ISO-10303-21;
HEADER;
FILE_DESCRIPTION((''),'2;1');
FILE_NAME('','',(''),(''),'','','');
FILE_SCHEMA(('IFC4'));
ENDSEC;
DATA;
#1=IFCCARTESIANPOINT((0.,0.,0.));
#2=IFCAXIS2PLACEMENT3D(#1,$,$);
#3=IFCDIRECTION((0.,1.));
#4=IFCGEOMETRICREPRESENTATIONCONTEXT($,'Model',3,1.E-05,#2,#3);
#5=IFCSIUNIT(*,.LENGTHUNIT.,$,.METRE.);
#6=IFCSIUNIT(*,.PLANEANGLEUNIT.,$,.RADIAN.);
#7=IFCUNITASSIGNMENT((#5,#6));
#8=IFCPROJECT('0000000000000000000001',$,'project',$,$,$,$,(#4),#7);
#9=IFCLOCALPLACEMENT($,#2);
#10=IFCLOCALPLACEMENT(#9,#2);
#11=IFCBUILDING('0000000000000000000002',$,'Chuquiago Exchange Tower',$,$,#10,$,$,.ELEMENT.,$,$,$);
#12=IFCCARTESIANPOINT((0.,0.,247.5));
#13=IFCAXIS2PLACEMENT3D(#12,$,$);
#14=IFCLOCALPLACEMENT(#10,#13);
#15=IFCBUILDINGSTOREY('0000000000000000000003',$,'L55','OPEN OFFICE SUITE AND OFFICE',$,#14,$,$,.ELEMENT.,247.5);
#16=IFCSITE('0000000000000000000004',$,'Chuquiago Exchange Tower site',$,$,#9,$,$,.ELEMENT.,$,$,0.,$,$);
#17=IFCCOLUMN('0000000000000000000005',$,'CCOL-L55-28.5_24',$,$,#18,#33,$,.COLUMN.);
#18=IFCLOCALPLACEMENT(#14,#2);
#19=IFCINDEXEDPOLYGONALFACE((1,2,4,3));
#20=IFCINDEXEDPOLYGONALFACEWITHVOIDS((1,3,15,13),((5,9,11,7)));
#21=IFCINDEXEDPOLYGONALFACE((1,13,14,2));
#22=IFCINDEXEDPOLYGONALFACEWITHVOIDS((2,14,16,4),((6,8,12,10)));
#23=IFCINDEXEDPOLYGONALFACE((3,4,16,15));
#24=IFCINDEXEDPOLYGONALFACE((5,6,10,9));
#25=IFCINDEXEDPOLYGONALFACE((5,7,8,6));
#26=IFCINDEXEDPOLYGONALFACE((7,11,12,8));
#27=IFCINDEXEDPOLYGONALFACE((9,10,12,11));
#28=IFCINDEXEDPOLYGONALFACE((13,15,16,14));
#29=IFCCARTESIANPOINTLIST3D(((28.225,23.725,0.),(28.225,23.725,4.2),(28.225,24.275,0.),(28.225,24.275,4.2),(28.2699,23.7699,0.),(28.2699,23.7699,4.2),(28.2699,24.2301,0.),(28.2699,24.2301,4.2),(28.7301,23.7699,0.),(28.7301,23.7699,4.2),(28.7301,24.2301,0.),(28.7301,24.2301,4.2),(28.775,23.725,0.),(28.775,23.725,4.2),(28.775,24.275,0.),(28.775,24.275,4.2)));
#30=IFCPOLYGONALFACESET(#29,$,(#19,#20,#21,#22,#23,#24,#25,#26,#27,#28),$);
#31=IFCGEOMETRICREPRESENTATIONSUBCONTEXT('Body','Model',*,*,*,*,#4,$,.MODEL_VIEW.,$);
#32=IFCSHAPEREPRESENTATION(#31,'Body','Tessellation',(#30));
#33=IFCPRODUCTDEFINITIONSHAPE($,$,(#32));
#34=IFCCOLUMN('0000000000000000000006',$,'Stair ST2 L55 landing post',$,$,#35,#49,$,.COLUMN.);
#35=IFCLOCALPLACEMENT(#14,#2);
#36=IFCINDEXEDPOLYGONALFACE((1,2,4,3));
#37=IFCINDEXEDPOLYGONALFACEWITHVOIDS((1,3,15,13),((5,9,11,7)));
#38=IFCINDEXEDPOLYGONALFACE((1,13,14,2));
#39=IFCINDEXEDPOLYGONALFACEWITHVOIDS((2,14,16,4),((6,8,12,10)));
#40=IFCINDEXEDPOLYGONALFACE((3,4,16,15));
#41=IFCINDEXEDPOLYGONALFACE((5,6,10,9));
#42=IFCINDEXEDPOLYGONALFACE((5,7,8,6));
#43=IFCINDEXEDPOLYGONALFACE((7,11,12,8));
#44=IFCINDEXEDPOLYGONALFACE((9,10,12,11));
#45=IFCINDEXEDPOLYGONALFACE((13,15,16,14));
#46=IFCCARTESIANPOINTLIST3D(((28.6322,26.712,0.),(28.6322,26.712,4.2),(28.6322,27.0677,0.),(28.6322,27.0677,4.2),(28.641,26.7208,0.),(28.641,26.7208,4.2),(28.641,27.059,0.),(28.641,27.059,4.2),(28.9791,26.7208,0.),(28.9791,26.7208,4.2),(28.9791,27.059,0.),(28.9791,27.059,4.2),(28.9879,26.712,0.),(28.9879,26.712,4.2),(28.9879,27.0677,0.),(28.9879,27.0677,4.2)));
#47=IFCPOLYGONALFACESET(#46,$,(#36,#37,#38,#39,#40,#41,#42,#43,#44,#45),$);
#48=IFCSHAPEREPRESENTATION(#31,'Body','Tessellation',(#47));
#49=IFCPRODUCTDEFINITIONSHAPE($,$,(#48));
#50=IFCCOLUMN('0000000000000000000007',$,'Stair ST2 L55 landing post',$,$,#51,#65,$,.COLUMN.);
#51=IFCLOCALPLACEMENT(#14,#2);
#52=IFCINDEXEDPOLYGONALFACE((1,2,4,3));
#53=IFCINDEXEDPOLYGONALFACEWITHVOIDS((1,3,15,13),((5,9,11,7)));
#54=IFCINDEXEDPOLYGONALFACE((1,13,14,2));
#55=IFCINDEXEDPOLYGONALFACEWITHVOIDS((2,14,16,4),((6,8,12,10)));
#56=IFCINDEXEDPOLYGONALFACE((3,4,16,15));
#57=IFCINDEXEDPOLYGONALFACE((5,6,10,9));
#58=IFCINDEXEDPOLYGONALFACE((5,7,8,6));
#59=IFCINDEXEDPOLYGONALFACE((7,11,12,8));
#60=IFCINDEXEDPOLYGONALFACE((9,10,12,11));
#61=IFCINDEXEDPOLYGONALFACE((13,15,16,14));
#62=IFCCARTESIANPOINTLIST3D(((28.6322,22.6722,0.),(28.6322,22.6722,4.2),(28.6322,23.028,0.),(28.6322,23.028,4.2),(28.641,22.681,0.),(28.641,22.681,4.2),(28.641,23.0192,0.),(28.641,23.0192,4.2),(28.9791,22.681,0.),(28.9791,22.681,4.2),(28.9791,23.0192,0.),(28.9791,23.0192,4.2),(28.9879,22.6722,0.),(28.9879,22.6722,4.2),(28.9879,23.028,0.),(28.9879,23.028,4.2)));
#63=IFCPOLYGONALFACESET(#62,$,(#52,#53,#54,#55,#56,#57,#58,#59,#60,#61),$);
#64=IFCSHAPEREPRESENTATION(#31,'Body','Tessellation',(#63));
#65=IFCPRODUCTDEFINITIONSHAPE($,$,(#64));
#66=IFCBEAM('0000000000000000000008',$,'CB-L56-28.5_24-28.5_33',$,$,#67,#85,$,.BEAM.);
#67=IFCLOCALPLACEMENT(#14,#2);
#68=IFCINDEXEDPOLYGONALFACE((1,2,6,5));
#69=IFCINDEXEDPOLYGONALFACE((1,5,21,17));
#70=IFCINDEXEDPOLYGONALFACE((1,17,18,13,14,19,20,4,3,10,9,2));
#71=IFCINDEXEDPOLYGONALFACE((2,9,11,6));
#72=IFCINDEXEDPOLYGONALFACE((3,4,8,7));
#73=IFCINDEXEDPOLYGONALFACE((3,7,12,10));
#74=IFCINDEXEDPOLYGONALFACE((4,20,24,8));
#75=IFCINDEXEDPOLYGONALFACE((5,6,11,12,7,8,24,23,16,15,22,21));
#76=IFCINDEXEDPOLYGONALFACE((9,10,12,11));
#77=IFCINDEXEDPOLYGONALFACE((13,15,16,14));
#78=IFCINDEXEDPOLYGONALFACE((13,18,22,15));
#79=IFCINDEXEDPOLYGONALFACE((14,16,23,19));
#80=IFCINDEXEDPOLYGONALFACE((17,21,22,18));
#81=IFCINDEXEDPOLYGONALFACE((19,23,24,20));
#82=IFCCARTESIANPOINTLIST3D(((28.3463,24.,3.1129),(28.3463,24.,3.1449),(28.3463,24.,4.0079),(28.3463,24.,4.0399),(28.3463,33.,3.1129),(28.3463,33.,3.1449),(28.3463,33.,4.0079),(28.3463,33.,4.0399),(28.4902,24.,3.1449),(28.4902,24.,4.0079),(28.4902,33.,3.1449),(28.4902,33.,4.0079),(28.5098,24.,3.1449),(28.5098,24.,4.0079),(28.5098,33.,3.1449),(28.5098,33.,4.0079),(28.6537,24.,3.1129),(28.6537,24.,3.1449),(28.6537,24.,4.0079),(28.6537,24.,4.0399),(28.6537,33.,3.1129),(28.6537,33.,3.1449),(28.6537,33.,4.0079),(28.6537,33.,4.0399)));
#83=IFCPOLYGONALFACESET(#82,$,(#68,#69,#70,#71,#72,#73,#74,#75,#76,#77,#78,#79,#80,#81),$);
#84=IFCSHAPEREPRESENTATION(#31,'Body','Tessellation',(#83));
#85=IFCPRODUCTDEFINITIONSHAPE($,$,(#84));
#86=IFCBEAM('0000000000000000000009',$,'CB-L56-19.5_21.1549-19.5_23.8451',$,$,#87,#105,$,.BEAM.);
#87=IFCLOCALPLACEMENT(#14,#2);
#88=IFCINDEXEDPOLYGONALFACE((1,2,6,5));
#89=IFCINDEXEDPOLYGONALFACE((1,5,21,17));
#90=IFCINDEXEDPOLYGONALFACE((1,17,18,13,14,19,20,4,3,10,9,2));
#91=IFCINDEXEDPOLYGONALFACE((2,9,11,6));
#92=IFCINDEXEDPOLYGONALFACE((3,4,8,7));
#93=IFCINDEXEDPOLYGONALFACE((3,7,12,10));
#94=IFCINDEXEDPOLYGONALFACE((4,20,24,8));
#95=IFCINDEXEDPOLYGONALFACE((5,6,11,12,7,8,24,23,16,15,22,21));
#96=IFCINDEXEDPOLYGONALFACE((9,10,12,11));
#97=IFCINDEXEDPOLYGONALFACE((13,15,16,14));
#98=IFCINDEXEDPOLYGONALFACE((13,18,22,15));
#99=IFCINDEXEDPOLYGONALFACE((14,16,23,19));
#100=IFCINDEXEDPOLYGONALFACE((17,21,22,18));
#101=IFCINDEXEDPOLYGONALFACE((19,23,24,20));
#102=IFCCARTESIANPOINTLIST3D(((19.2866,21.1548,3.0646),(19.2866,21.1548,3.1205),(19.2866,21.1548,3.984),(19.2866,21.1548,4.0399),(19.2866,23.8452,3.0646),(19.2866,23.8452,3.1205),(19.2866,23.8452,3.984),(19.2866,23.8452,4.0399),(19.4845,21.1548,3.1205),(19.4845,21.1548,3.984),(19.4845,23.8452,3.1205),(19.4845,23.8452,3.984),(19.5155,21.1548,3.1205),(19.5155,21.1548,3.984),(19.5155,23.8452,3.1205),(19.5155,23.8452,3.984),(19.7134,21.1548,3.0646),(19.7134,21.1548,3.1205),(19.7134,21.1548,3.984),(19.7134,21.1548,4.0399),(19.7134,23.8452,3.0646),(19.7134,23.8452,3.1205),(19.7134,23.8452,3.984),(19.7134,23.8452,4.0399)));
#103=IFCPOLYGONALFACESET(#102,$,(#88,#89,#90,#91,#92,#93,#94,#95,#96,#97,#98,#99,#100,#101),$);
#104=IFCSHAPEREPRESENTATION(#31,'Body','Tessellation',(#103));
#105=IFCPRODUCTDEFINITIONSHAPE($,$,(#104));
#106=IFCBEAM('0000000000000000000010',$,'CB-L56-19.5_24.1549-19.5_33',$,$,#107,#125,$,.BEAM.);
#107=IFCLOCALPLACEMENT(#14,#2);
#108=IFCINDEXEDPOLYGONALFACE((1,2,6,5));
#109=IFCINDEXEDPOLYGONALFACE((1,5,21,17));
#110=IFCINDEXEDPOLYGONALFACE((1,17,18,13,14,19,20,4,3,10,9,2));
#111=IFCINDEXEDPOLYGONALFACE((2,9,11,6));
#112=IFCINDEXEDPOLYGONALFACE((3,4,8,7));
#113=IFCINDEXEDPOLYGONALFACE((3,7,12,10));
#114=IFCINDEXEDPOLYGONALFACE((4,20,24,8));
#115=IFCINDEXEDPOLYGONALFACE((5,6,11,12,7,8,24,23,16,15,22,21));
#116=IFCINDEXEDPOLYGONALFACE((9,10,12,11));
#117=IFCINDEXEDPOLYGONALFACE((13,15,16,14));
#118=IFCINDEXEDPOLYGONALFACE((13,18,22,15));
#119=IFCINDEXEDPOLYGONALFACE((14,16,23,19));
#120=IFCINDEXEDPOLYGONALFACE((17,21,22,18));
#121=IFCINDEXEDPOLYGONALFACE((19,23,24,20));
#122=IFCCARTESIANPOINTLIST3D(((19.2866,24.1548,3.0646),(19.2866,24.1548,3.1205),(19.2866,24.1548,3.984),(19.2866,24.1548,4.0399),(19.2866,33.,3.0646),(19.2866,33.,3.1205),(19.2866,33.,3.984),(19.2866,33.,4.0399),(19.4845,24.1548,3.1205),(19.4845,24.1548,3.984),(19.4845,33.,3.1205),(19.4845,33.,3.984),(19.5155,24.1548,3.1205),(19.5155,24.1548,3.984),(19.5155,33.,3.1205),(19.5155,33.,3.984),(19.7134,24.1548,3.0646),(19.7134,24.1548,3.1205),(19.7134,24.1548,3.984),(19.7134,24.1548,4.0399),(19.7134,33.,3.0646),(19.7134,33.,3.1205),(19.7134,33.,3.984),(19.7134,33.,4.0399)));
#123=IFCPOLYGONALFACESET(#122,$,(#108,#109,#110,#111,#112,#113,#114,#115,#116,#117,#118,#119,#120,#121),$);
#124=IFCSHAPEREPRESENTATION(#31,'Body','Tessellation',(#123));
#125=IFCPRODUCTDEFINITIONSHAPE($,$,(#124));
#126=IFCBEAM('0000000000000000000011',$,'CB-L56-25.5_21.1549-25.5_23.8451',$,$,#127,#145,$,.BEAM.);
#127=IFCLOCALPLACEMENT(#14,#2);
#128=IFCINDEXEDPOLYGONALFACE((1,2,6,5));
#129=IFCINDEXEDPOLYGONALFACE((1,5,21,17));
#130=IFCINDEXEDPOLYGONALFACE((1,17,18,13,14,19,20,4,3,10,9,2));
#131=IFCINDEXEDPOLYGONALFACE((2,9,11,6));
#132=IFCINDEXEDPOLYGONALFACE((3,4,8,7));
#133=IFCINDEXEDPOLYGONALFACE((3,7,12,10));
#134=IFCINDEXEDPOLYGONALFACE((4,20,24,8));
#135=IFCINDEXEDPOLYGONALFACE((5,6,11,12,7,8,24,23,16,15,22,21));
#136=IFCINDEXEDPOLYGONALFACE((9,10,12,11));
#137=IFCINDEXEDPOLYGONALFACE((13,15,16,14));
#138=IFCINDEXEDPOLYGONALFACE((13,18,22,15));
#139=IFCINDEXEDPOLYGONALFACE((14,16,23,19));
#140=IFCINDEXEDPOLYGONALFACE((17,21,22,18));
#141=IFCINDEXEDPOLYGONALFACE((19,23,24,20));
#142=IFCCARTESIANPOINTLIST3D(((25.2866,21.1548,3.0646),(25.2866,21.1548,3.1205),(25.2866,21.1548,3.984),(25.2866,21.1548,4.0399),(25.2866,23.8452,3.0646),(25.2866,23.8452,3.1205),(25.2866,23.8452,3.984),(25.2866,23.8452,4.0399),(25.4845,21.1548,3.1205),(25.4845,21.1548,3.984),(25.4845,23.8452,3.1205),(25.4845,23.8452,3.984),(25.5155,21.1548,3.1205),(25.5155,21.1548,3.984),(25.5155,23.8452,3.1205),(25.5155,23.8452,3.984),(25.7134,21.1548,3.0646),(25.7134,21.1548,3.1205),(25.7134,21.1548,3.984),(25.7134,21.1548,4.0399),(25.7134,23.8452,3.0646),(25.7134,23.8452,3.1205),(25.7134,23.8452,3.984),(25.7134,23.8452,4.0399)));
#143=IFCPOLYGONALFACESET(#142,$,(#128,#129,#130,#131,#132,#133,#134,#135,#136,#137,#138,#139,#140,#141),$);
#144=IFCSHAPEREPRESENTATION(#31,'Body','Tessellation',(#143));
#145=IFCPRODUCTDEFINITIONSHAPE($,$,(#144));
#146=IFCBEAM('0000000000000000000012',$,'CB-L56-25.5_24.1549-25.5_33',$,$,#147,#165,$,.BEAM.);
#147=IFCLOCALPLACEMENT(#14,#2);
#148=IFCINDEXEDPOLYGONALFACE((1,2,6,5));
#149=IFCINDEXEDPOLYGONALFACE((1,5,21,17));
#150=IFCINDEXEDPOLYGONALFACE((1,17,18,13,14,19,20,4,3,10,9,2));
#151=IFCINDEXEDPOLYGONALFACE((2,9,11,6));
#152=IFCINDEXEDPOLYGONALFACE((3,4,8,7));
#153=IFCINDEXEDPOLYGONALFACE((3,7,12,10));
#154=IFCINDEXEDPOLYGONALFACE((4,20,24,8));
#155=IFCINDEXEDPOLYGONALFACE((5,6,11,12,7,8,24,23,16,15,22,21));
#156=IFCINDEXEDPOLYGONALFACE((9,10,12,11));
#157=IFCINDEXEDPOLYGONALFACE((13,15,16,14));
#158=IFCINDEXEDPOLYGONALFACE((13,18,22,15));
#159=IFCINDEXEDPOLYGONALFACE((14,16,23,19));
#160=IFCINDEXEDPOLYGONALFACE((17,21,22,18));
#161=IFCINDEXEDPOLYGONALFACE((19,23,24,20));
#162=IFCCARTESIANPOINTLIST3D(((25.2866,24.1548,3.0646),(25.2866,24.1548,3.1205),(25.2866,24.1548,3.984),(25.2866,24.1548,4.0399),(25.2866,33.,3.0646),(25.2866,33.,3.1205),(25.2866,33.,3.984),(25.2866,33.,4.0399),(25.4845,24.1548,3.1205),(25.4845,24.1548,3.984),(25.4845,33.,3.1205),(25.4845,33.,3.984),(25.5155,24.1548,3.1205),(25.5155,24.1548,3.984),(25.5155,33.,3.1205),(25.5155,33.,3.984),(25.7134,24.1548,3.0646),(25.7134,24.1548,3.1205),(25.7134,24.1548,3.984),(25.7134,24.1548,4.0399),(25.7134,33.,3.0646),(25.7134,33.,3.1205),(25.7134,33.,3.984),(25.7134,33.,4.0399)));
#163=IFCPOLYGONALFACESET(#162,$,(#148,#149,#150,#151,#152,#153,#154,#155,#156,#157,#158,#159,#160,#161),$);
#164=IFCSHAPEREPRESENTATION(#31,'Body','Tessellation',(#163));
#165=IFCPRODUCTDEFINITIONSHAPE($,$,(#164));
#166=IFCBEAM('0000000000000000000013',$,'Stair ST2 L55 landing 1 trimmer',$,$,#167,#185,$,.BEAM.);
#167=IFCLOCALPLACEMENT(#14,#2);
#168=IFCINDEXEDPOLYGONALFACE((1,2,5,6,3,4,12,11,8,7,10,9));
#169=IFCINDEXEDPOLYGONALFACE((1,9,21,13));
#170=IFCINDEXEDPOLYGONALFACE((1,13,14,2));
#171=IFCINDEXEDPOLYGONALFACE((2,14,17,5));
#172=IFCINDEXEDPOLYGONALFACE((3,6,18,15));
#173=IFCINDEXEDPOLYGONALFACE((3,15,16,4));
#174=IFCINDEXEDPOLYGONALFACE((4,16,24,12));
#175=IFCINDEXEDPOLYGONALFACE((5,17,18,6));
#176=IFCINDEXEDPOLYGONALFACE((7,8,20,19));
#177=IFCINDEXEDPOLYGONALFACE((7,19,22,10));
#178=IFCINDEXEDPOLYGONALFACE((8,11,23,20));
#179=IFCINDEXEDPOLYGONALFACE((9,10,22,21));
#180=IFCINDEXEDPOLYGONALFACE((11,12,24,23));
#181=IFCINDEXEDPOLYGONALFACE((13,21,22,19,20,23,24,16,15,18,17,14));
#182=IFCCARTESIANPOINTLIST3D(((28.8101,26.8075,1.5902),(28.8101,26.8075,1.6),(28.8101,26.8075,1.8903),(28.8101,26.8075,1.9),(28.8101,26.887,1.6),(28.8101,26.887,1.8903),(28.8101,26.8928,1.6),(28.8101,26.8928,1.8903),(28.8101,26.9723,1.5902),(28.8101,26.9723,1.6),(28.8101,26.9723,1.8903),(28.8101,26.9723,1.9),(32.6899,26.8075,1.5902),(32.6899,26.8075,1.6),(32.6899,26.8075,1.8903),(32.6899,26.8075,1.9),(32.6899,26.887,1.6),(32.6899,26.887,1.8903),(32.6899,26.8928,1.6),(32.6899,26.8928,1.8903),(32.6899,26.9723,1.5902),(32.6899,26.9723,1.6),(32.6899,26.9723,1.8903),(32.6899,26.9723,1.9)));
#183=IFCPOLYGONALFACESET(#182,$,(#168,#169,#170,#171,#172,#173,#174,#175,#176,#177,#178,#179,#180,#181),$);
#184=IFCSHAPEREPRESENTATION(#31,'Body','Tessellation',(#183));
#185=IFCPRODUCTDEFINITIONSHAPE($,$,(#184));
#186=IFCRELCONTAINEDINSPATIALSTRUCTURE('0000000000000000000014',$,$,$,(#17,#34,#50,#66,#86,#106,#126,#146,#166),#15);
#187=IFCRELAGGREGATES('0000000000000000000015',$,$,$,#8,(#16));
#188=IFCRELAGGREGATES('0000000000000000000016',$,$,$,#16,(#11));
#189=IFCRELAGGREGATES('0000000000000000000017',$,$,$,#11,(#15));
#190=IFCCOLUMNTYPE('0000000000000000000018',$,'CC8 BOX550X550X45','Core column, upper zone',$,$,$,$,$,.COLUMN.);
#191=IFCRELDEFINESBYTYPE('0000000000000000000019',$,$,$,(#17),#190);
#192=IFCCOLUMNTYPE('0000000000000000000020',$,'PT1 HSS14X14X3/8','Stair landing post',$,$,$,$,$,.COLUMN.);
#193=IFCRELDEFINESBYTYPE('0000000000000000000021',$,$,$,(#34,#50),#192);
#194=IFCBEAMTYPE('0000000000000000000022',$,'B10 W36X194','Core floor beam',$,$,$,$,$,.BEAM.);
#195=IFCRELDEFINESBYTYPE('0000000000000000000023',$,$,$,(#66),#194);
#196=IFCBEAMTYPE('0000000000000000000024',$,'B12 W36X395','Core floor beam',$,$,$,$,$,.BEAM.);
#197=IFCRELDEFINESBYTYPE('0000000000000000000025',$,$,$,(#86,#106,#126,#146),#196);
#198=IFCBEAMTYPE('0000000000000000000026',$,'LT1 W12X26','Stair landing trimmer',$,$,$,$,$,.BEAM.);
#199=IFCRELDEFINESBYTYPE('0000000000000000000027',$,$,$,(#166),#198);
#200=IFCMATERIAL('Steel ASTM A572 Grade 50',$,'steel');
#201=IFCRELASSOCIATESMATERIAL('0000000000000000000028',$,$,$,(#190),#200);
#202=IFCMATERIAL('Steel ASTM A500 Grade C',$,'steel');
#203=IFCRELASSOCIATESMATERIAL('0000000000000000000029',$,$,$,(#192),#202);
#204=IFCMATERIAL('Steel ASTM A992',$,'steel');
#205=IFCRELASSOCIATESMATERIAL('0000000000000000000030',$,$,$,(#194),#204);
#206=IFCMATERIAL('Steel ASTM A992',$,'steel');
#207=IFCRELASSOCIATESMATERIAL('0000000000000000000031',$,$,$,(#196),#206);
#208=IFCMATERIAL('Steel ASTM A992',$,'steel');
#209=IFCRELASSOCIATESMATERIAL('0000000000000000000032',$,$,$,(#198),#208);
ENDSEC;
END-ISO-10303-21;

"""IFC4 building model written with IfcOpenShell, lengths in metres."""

from ifc_helpers import new_model, si_unit, direction, frame, origin, origin_2d, place, context, subcontext, project, spatial, hollow_rectangle, i_section, extrude, material, material_profile, profile_set, type_object, element, save


model = new_model("IFC4")

# Units and contexts
model_context = context("Model", 3, precision=1e-05, world=origin(), true_north=direction((0.0, 1.0)))
body_context = subcontext(model_context, "Body", "Model", "MODEL_VIEW")
ifc_project = project(units=[si_unit("LENGTHUNIT", "METRE"), si_unit("PLANEANGLEUNIT", "RADIAN")], contexts=[model_context])

# Site, building, storey
site_placement = place(None, origin())
site = spatial("IfcSite", under=ifc_project, at=site_placement, Name="Chuquiago Exchange Tower site", CompositionType="ELEMENT", RefElevation=0.0)
building_placement = place(site_placement, origin())
building = spatial("IfcBuilding", under=site, at=building_placement, Name="Chuquiago Exchange Tower", CompositionType="ELEMENT")
storey_placement = place(building_placement, frame((0.0, 0.0, 247.5)))
storey = spatial("IfcBuildingStorey", under=building, at=storey_placement, Name="L55", Description="OPEN OFFICE SUITE AND OFFICE", CompositionType="ELEMENT", Elevation=247.5)

# Columns
ifc_material_1 = material(Name="Steel ASTM A572 Grade 50", Category="steel")
ifc_material_profile_1 = material_profile(ifc_material_1, hollow_rectangle(XDim=0.55, YDim=0.55, WallThickness=0.0449, at=origin_2d()), Name="BOX550X550X45")
ifc_profile_set_1 = profile_set([ifc_material_profile_1], Name="Steel ASTM A572 Grade 50")
column_type_1 = type_object("IfcColumnType", Name="CC8 BOX550X550X45", Description="Core column, upper zone", PredefinedType="COLUMN", material=ifc_profile_set_1)
column_placement = place(storey_placement, frame((28.5, 24.0, 0.0), z_axis=(0.0, 0.0, 1.0), x_axis=(1.0, 0.0, 0.0)))
element("IfcColumn", 1, at=column_placement, inside=storey, type_object=column_type_1, Name="CCOL-L55-28.5_24", PredefinedType="COLUMN", context=body_context, shape_type="SweptSolid", body=[
    extrude(hollow_rectangle(XDim=0.55, YDim=0.55, WallThickness=0.0449, at=origin_2d()), origin(), (0.0, 0.0, 1.0), 4.2),
])
ifc_material_2 = material(Name="Steel ASTM A500 Grade C", Category="steel")
ifc_material_profile_2 = material_profile(ifc_material_2, hollow_rectangle(XDim=0.3557, YDim=0.3557, WallThickness=0.0088, at=origin_2d()), Name="HSS14X14X3/8")
ifc_profile_set_2 = profile_set([ifc_material_profile_2], Name="Steel ASTM A500 Grade C")
column_type_2 = type_object("IfcColumnType", Name="PT1 HSS14X14X3/8", Description="Stair landing post", PredefinedType="COLUMN", material=ifc_profile_set_2)
for number, where, z_axis, x_axis, name in (
    (2, (28.8101, 26.8899, 0.0), (0.0, 0.0, 1.0), (1.0, 0.0, 0.0), "Stair ST2 L55 landing post"),
    (3, (28.8101, 22.8501, 0.0), (0.0, 0.0, 1.0), (1.0, 0.0, 0.0), "Stair ST2 L55 landing post"),
):
    element("IfcColumn", number, at=place(storey_placement, frame(where, z_axis=z_axis, x_axis=x_axis)), inside=storey, type_object=column_type_2, Name=name, PredefinedType="COLUMN", context=body_context, shape_type="SweptSolid", body=[
        extrude(hollow_rectangle(XDim=0.3557, YDim=0.3557, WallThickness=0.0088, at=origin_2d()), origin(), (0.0, 0.0, 1.0), 4.2),
    ])

# Beams
ifc_material_3 = material(Name="Steel ASTM A992", Category="steel")
ifc_material_profile_3 = material_profile(ifc_material_3, i_section(OverallWidth=0.3074, OverallDepth=0.927, WebThickness=0.0195, FlangeThickness=0.032, at=origin_2d()), Name="W36X194")
ifc_profile_set_3 = profile_set([ifc_material_profile_3], Name="Steel ASTM A992")
beam_type_1 = type_object("IfcBeamType", Name="B10 W36X194", Description="Core floor beam", PredefinedType="BEAM", material=ifc_profile_set_3)
beam_1_placement = place(storey_placement, frame((28.5, 24.0, 3.5764), z_axis=(0.0, 1.0, 0.0), x_axis=(-1.0, 0.0, 0.0)))
element("IfcBeam", 4, at=beam_1_placement, inside=storey, type_object=beam_type_1, Name="CB-L56-28.5_24-28.5_33", PredefinedType="BEAM", context=body_context, shape_type="SweptSolid", body=[
    extrude(i_section(OverallWidth=0.3074, OverallDepth=0.927, WebThickness=0.0195, FlangeThickness=0.032, at=origin_2d()), origin(), (0.0, 0.0, 1.0), 9.0),
])
ifc_material_4 = material(Name="Steel ASTM A992", Category="steel")
ifc_material_profile_4 = material_profile(ifc_material_4, i_section(OverallWidth=0.4268, OverallDepth=0.9753, WebThickness=0.031, FlangeThickness=0.0559, at=origin_2d()), Name="W36X395")
ifc_profile_set_4 = profile_set([ifc_material_profile_4], Name="Steel ASTM A992")
beam_type_2 = type_object("IfcBeamType", Name="B12 W36X395", Description="Core floor beam", PredefinedType="BEAM", material=ifc_profile_set_4)
beam_2_placement = place(storey_placement, frame((19.5, 21.1548, 3.5522), z_axis=(0.0, 1.0, 0.0), x_axis=(-1.0, 0.0, 0.0)))
element("IfcBeam", 5, at=beam_2_placement, inside=storey, type_object=beam_type_2, Name="CB-L56-19.5_21.1549-19.5_23.8451", PredefinedType="BEAM", context=body_context, shape_type="SweptSolid", body=[
    extrude(i_section(OverallWidth=0.4268, OverallDepth=0.9753, WebThickness=0.031, FlangeThickness=0.0559, at=origin_2d()), origin(), (0.0, 0.0, 1.0), 2.6904),
])
beam_3_placement = place(storey_placement, frame((19.5, 24.1548, 3.5522), z_axis=(0.0, 1.0, 0.0), x_axis=(-1.0, 0.0, 0.0)))
element("IfcBeam", 6, at=beam_3_placement, inside=storey, type_object=beam_type_2, Name="CB-L56-19.5_24.1549-19.5_33", PredefinedType="BEAM", context=body_context, shape_type="SweptSolid", body=[
    extrude(i_section(OverallWidth=0.4268, OverallDepth=0.9753, WebThickness=0.031, FlangeThickness=0.0559, at=origin_2d()), origin(), (0.0, 0.0, 1.0), 8.8452),
])
beam_4_placement = place(storey_placement, frame((25.5, 21.1548, 3.5522), z_axis=(0.0, 1.0, 0.0), x_axis=(-1.0, 0.0, 0.0)))
element("IfcBeam", 7, at=beam_4_placement, inside=storey, type_object=beam_type_2, Name="CB-L56-25.5_21.1549-25.5_23.8451", PredefinedType="BEAM", context=body_context, shape_type="SweptSolid", body=[
    extrude(i_section(OverallWidth=0.4268, OverallDepth=0.9753, WebThickness=0.031, FlangeThickness=0.0559, at=origin_2d()), origin(), (0.0, 0.0, 1.0), 2.6904),
])
beam_5_placement = place(storey_placement, frame((25.5, 24.1548, 3.5522), z_axis=(0.0, 1.0, 0.0), x_axis=(-1.0, 0.0, 0.0)))
element("IfcBeam", 8, at=beam_5_placement, inside=storey, type_object=beam_type_2, Name="CB-L56-25.5_24.1549-25.5_33", PredefinedType="BEAM", context=body_context, shape_type="SweptSolid", body=[
    extrude(i_section(OverallWidth=0.4268, OverallDepth=0.9753, WebThickness=0.031, FlangeThickness=0.0559, at=origin_2d()), origin(), (0.0, 0.0, 1.0), 8.8452),
])
ifc_material_5 = material(Name="Steel ASTM A992", Category="steel")
ifc_material_profile_5 = material_profile(ifc_material_5, i_section(OverallWidth=0.1648, OverallDepth=0.3098, WebThickness=0.0059, FlangeThickness=0.0098, at=origin_2d()), Name="W12X26")
ifc_profile_set_5 = profile_set([ifc_material_profile_5], Name="Steel ASTM A992")
beam_type_3 = type_object("IfcBeamType", Name="LT1 W12X26", Description="Stair landing trimmer", PredefinedType="BEAM", material=ifc_profile_set_5)
beam_6_placement = place(storey_placement, frame((28.8101, 26.8899, 1.7451), z_axis=(1.0, 0.0, 0.0), x_axis=(0.0, 1.0, 0.0)))
element("IfcBeam", 9, at=beam_6_placement, inside=storey, type_object=beam_type_3, Name="Stair ST2 L55 landing 1 trimmer", PredefinedType="BEAM", context=body_context, shape_type="SweptSolid", body=[
    extrude(i_section(OverallWidth=0.1648, OverallDepth=0.3098, WebThickness=0.0059, FlangeThickness=0.0098, at=origin_2d()), origin(), (0.0, 0.0, 1.0), 3.8799),
])

save(model, "model.ifc")
